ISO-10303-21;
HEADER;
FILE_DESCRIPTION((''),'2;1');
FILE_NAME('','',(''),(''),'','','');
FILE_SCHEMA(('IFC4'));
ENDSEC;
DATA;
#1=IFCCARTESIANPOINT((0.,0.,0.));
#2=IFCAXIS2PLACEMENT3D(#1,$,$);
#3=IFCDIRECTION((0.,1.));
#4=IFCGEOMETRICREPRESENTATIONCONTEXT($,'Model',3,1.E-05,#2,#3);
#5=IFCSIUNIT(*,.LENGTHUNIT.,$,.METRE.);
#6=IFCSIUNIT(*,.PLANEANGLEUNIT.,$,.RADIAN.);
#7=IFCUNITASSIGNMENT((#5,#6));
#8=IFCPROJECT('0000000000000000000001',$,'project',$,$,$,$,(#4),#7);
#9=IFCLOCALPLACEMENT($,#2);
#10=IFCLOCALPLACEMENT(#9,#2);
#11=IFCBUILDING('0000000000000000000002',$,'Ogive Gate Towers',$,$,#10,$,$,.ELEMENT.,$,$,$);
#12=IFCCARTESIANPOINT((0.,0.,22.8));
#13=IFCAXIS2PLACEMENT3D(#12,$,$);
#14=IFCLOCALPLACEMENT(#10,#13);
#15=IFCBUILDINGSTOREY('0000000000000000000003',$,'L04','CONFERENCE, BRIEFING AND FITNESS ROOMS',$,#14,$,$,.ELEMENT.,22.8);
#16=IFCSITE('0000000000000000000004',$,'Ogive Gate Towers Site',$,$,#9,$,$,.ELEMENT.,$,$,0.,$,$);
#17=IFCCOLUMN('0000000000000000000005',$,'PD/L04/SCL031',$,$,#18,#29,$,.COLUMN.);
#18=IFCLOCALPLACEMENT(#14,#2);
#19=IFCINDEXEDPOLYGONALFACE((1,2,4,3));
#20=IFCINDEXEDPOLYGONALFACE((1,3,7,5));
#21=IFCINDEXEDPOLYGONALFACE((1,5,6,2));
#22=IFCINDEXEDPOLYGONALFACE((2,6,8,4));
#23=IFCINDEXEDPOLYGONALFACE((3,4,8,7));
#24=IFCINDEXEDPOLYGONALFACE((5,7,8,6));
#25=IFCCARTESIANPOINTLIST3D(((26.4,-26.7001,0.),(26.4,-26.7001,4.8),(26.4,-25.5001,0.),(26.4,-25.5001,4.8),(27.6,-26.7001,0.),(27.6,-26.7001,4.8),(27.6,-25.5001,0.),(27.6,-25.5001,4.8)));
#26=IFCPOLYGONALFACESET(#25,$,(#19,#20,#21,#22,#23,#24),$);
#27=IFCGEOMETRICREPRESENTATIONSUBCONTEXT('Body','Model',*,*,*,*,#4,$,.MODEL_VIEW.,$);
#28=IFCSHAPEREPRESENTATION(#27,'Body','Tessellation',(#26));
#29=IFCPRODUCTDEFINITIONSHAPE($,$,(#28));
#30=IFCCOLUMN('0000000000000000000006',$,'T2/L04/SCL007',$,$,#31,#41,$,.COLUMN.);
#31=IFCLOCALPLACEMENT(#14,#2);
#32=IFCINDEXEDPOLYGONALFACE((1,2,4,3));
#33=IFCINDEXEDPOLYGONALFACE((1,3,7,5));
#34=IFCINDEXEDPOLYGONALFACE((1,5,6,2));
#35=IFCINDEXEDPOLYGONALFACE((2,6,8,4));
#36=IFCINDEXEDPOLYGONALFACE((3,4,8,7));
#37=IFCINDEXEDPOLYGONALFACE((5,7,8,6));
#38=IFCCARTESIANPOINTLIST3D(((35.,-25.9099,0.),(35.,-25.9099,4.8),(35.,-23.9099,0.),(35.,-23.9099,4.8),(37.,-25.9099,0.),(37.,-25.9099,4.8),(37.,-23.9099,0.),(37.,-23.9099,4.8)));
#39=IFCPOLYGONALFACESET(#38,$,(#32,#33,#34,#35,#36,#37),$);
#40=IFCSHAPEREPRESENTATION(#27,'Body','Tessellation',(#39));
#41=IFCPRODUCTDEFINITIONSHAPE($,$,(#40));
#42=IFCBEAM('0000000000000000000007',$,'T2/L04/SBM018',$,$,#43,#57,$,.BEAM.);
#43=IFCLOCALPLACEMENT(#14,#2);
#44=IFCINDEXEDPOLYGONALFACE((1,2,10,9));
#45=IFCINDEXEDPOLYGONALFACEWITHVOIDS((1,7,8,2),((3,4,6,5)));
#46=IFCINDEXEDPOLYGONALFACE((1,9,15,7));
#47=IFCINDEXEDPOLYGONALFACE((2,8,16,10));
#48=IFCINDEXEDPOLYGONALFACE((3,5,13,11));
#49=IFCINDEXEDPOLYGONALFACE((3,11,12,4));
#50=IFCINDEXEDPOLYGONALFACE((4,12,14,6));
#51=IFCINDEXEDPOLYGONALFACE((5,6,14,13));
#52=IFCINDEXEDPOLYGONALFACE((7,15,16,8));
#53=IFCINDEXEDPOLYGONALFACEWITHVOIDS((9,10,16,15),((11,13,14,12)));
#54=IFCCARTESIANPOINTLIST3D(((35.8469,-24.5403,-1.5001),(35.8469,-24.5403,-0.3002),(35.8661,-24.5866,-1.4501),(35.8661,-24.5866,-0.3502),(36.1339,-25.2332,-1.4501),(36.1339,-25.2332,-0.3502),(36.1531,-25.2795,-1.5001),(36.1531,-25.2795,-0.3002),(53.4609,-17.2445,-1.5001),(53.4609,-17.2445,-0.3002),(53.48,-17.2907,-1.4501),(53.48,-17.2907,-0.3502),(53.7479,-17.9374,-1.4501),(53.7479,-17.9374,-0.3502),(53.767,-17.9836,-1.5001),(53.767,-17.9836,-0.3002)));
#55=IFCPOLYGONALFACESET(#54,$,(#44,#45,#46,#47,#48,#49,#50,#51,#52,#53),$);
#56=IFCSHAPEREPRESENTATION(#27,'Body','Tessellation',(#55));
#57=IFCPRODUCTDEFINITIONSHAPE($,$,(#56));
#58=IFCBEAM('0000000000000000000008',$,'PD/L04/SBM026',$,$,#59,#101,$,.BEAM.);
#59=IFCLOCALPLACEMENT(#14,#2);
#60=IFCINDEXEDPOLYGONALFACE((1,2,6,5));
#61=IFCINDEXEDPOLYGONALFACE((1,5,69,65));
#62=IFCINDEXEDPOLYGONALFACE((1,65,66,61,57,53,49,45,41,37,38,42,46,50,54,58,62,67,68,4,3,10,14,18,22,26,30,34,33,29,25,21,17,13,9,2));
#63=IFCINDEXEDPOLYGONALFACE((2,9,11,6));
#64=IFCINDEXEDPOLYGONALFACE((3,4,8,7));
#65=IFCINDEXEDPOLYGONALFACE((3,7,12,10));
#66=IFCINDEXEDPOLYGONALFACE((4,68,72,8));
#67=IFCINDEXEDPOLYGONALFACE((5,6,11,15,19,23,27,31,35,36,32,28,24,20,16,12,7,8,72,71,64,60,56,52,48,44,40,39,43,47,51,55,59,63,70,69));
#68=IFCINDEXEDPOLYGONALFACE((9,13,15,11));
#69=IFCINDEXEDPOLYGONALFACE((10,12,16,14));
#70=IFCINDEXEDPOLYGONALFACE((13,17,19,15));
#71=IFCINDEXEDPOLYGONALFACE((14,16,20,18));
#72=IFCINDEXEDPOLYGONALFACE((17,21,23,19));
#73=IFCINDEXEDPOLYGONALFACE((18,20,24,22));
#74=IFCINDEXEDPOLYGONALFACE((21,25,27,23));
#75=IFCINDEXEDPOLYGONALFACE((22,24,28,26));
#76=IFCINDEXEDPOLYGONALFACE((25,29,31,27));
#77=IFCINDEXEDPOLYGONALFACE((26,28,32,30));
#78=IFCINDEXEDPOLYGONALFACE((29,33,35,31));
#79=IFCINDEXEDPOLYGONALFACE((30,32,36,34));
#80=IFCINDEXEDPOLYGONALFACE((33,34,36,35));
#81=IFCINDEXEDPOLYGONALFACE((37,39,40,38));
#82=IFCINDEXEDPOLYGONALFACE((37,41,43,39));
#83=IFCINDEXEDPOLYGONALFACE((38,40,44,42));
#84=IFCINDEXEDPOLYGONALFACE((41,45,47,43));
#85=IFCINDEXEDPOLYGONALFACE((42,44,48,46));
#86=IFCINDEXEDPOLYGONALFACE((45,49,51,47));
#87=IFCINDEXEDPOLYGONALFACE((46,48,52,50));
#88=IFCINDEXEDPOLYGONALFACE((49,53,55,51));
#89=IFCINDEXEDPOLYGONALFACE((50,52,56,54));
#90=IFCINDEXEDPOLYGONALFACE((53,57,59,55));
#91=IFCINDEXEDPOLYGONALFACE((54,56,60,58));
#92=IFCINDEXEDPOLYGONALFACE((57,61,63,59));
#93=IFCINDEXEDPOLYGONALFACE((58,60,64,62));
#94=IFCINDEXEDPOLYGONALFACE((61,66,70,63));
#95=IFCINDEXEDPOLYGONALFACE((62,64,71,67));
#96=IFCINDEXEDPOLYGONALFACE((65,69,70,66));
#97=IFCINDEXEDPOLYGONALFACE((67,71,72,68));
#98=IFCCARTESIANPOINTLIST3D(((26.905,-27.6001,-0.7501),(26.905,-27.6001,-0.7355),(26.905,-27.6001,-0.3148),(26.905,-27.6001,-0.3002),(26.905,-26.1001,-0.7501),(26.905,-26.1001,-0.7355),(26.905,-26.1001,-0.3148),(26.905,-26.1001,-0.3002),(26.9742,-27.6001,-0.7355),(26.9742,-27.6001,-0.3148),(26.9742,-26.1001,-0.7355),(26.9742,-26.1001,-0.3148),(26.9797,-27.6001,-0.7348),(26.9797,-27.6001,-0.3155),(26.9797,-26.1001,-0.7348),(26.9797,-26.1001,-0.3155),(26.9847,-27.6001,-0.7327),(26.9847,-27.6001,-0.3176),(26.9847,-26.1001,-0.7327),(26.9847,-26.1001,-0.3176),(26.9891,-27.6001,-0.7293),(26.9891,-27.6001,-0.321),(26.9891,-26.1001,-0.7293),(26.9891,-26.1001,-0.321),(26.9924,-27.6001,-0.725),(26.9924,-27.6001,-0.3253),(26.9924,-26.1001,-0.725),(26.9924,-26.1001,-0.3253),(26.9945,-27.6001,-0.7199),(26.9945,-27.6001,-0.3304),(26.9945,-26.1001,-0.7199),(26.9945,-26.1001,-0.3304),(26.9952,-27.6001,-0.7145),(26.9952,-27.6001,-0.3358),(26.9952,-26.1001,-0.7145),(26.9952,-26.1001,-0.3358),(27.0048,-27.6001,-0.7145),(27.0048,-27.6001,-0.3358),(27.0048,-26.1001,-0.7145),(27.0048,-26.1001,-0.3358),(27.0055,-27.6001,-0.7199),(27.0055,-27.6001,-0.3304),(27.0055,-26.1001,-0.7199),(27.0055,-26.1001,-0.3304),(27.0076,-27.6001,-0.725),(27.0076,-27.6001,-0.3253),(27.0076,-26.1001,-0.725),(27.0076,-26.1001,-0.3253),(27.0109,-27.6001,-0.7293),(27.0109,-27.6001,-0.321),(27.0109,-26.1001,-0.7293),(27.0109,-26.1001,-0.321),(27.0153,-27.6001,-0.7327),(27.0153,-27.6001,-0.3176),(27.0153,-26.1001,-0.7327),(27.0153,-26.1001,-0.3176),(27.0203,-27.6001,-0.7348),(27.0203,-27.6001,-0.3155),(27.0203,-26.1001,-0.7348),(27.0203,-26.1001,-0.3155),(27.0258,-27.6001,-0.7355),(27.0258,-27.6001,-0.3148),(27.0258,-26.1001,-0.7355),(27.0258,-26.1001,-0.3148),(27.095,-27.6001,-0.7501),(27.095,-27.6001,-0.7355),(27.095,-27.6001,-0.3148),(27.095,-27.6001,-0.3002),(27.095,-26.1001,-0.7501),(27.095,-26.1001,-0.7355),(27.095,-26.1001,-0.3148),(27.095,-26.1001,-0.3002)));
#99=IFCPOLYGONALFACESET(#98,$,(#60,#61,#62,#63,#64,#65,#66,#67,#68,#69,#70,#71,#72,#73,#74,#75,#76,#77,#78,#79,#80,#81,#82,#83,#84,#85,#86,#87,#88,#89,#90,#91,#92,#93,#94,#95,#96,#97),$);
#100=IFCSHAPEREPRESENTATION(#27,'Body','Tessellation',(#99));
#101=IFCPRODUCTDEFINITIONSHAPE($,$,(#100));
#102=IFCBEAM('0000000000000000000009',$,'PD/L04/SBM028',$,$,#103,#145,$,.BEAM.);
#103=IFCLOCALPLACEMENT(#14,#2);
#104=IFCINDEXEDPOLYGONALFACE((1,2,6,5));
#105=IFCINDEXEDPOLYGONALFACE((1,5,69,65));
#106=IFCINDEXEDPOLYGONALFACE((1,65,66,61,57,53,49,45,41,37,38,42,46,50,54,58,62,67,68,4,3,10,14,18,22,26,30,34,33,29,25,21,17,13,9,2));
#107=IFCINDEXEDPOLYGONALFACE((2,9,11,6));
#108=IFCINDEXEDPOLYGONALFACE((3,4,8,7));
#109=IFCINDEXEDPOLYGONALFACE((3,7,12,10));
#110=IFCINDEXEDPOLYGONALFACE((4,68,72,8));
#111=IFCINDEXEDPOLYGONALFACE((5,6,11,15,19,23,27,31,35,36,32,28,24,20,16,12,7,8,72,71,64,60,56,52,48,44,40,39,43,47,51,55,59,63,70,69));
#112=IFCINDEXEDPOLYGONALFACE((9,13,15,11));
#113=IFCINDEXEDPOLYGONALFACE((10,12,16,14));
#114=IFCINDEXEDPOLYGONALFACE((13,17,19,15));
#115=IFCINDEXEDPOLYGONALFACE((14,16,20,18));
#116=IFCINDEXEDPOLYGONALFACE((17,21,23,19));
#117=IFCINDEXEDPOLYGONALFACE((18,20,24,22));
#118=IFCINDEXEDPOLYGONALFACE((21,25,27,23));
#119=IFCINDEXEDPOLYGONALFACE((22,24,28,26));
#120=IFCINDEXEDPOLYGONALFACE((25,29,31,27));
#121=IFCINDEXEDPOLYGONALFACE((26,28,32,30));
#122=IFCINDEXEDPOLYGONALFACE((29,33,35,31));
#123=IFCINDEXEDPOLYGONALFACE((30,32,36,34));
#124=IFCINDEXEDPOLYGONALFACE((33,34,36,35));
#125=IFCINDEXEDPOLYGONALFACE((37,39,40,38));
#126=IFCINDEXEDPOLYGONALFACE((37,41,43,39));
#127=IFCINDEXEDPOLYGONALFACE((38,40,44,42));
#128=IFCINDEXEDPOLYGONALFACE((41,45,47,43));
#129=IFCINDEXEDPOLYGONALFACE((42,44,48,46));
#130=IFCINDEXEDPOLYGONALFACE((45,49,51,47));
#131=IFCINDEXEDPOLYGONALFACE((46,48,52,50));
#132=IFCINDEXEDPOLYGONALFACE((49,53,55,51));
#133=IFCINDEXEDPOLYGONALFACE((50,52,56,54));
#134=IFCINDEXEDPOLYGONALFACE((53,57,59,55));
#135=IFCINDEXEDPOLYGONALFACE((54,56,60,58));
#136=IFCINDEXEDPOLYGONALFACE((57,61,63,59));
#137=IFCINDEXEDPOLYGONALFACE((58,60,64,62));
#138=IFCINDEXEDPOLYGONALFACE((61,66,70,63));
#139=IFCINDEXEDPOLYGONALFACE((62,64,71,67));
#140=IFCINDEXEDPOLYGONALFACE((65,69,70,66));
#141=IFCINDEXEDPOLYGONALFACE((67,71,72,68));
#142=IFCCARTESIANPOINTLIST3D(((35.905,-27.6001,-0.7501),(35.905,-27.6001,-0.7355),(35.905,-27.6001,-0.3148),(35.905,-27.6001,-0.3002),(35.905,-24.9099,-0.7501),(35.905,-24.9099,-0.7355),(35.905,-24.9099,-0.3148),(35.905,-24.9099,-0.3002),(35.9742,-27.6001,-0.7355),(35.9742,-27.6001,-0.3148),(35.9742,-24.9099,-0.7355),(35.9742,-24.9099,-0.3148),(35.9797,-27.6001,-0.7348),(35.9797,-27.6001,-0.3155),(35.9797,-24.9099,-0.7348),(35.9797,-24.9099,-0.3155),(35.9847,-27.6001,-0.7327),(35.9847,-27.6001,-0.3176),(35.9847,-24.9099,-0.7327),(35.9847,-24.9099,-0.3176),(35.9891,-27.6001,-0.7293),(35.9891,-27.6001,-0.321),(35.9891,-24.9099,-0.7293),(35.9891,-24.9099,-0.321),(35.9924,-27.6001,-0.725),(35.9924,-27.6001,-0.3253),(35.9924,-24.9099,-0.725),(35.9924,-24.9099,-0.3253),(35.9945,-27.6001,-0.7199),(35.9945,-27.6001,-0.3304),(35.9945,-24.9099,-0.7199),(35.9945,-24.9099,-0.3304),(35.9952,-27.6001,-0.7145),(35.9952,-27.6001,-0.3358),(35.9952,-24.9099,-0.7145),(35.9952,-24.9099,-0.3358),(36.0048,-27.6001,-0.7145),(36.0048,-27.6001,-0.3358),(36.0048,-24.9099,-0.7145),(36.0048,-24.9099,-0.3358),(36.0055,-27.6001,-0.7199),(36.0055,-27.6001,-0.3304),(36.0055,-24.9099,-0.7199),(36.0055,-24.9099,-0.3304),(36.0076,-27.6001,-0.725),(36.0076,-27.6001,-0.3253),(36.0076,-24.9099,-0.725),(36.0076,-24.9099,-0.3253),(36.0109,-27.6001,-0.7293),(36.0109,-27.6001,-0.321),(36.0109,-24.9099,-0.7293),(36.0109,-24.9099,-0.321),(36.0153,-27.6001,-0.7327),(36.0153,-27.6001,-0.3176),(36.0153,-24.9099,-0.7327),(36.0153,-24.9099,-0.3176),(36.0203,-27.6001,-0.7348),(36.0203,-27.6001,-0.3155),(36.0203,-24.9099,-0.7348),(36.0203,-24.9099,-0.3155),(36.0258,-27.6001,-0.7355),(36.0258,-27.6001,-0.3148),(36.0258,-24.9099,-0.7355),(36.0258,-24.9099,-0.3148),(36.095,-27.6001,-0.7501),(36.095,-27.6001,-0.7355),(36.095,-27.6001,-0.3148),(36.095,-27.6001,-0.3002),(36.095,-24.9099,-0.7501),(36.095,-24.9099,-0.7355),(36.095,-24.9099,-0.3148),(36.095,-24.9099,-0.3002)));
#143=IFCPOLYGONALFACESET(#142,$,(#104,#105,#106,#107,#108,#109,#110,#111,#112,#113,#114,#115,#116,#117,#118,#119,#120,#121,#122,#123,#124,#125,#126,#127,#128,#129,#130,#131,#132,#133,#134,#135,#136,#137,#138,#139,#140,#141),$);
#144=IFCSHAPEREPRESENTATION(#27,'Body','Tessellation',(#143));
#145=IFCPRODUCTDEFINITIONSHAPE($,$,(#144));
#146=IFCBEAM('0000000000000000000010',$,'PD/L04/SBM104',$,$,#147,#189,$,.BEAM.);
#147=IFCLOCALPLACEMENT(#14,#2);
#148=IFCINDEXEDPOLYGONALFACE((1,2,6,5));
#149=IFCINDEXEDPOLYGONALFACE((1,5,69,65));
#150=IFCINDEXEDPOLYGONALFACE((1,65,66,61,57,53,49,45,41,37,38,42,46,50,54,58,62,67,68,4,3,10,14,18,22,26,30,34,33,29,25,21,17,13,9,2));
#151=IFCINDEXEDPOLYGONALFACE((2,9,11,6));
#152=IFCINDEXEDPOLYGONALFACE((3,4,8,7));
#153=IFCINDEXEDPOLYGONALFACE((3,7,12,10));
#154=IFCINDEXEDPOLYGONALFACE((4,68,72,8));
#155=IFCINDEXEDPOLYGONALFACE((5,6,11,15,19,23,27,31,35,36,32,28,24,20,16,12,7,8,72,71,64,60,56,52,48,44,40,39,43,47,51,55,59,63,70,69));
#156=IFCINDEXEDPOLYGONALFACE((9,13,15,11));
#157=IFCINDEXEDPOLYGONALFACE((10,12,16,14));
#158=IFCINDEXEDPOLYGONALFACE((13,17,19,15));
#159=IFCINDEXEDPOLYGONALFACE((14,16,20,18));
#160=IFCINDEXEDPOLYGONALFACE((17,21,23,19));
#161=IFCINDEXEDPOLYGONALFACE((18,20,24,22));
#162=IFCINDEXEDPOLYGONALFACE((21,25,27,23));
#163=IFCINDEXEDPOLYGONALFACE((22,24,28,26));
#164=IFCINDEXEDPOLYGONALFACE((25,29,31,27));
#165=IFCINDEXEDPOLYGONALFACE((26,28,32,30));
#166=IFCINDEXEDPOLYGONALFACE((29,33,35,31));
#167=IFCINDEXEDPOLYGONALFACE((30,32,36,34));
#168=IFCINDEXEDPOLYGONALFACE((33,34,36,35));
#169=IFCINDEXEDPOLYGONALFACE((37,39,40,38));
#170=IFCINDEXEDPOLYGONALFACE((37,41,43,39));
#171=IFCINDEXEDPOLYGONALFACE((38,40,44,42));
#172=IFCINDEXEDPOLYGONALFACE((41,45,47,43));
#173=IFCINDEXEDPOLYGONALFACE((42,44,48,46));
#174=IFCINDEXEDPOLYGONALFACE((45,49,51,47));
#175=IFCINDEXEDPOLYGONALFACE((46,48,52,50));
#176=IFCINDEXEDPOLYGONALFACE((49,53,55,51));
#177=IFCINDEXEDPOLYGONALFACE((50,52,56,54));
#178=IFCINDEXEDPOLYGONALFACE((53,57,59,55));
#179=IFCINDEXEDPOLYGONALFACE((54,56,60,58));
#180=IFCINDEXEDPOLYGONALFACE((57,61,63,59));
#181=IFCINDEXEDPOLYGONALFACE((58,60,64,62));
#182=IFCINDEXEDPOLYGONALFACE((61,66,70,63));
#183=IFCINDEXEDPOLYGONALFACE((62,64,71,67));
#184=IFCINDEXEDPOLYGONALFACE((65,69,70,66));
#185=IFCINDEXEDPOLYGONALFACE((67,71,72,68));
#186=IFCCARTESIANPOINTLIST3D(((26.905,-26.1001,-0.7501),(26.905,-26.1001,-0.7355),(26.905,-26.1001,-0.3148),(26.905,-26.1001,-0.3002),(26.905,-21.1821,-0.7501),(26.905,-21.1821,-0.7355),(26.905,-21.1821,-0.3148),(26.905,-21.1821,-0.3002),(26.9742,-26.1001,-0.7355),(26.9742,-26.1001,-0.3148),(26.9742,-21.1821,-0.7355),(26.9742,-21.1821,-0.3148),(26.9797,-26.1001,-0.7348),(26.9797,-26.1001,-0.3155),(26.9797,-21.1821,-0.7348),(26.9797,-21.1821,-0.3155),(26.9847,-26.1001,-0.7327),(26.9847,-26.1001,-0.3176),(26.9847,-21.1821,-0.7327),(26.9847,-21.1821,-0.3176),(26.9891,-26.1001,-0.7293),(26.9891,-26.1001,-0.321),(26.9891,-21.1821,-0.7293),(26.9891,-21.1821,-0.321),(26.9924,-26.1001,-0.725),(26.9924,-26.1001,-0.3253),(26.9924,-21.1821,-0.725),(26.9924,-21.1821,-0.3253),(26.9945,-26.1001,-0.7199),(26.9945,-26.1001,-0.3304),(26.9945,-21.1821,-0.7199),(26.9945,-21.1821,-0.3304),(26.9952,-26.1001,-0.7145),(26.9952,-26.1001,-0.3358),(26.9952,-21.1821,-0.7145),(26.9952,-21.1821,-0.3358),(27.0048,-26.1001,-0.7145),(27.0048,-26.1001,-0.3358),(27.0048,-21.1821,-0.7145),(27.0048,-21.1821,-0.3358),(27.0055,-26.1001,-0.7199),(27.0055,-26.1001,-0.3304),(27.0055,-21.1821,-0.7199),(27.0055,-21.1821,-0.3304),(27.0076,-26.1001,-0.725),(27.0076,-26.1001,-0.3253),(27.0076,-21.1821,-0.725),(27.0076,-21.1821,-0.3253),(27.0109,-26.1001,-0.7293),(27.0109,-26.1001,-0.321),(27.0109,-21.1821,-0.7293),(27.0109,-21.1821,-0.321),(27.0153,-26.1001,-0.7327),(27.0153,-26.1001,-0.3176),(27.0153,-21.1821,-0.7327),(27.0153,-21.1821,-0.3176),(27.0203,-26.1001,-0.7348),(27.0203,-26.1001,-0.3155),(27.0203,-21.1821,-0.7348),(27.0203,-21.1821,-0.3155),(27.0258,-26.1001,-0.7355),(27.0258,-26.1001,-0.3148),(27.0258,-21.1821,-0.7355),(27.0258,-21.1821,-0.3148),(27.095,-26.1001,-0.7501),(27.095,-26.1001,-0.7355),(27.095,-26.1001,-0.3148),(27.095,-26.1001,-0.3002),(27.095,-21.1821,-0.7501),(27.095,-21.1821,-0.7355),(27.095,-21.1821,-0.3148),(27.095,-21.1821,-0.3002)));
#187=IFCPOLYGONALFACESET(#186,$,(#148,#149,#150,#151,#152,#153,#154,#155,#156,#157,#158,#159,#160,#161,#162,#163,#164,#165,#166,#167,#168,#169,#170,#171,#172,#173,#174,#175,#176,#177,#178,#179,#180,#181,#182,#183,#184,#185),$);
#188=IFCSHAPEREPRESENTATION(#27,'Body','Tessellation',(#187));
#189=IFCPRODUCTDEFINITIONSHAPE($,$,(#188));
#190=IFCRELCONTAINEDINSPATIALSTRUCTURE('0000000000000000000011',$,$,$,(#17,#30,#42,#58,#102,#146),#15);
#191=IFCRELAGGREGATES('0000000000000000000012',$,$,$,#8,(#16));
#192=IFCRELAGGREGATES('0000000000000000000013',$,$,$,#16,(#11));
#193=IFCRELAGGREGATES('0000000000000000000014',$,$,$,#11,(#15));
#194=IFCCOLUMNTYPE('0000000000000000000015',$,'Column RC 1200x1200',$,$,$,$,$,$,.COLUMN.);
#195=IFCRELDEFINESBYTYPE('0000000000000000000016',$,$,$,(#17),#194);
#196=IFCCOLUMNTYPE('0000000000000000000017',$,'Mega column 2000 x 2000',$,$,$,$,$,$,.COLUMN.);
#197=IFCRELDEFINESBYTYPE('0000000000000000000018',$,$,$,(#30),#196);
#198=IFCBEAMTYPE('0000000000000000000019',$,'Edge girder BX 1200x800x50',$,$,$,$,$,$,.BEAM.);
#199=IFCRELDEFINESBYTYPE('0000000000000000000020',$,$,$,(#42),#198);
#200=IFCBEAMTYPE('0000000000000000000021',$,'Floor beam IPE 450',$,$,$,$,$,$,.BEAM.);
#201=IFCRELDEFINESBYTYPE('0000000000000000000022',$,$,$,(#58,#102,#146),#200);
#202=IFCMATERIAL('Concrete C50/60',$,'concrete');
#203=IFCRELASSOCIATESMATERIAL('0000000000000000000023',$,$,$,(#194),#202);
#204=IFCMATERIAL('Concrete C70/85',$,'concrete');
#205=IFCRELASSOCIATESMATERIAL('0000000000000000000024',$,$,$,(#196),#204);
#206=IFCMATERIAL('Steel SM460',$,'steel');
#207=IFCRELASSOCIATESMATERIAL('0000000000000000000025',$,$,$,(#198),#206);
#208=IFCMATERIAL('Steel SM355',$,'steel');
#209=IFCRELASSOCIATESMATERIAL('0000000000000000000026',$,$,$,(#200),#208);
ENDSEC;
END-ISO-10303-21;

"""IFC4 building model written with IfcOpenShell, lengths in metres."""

from ifc_helpers import new_model, si_unit, direction, frame, origin, origin_2d, place, context, subcontext, project, spatial, rectangle, hollow_rectangle, i_section, extrude, material, material_profile, profile_set, type_object, element, save


model = new_model("IFC4")

# Units and contexts
model_context = context("Model", 3, precision=1e-05, world=origin(), true_north=direction((0.0, 1.0)))
body_context = subcontext(model_context, "Body", "Model", "MODEL_VIEW")
ifc_project = project(units=[si_unit("LENGTHUNIT", "METRE"), si_unit("PLANEANGLEUNIT", "RADIAN")], contexts=[model_context])

# Site, building, storey
site_placement = place(None, origin())
site = spatial("IfcSite", under=ifc_project, at=site_placement, Name="Ogive Gate Towers Site", CompositionType="ELEMENT", RefElevation=0.0)
building_placement = place(site_placement, origin())
building = spatial("IfcBuilding", under=site, at=building_placement, Name="Ogive Gate Towers", CompositionType="ELEMENT")
storey_placement = place(building_placement, frame((0.0, 0.0, 22.8)))
storey = spatial("IfcBuildingStorey", under=building, at=storey_placement, Name="L04", Description="CONFERENCE, BRIEFING AND FITNESS ROOMS", CompositionType="ELEMENT", Elevation=22.8)

# Columns
ifc_material_1 = material(Name="Concrete C50/60", Category="concrete")
ifc_material_profile_1 = material_profile(ifc_material_1, rectangle(XDim=1.2, YDim=1.2, at=origin_2d()), Name="RC 1200x1200")
ifc_profile_set_1 = profile_set([ifc_material_profile_1], Name="Concrete C50/60")
column_type_1 = type_object("IfcColumnType", Name="Column RC 1200x1200", PredefinedType="COLUMN", material=ifc_profile_set_1)
column_1_placement = place(storey_placement, frame((27.0, -26.1001, 0.0), z_axis=(0.0, 0.0, 1.0), x_axis=(1.0, 0.0, 0.0)))
element("IfcColumn", 1, at=column_1_placement, inside=storey, type_object=column_type_1, Name="PD/L04/SCL031", PredefinedType="COLUMN", context=body_context, shape_type="SweptSolid", body=[
    extrude(rectangle(XDim=1.2, YDim=1.2, at=origin_2d()), origin(), (0.0, 0.0, 1.0), 4.8),
])
ifc_material_2 = material(Name="Concrete C70/85", Category="concrete")
ifc_material_profile_2 = material_profile(ifc_material_2, rectangle(XDim=2.0, YDim=2.0, at=origin_2d()), Name="RC 2000x2000")
ifc_profile_set_2 = profile_set([ifc_material_profile_2], Name="Concrete C70/85")
column_type_2 = type_object("IfcColumnType", Name="Mega column 2000 x 2000", PredefinedType="COLUMN", material=ifc_profile_set_2)
column_2_placement = place(storey_placement, frame((36.0, -24.9099, 0.0), z_axis=(0.0, 0.0, 1.0), x_axis=(0.0, -1.0, 0.0)))
element("IfcColumn", 2, at=column_2_placement, inside=storey, type_object=column_type_2, Name="T2/L04/SCL007", PredefinedType="COLUMN", context=body_context, shape_type="SweptSolid", body=[
    extrude(rectangle(XDim=2.0, YDim=2.0, at=origin_2d()), origin(), (0.0, 0.0, 1.0), 4.8),
])

# Beams
ifc_material_3 = material(Name="Steel SM460", Category="steel")
ifc_material_profile_3 = material_profile(ifc_material_3, hollow_rectangle(XDim=0.8, YDim=1.2, WallThickness=0.05, at=origin_2d()), Name="BX 1200x800x50")
ifc_profile_set_3 = profile_set([ifc_material_profile_3], Name="Steel SM460")
beam_type_1 = type_object("IfcBeamType", Name="Edge girder BX 1200x800x50", PredefinedType="BEAM", material=ifc_profile_set_3)
beam_1_placement = place(storey_placement, frame((36.0, -24.9099, -0.9001), z_axis=(0.923881, 0.382681, 0.0), x_axis=(-0.382681, 0.923881, 0.0)))
element("IfcBeam", 3, at=beam_1_placement, inside=storey, type_object=beam_type_1, Name="T2/L04/SBM018", PredefinedType="BEAM", context=body_context, shape_type="SweptSolid", body=[
    extrude(hollow_rectangle(XDim=0.8, YDim=1.2, WallThickness=0.05, at=origin_2d()), origin(), (0.0, 0.0, 1.0), 19.0652),
])
ifc_material_4 = material(Name="Steel SM355", Category="steel")
ifc_material_profile_4 = material_profile(ifc_material_4, i_section(OverallWidth=0.1899, OverallDepth=0.45, WebThickness=0.0095, FlangeThickness=0.0146, FilletRadius=0.021, at=origin_2d()), Name="IPE 450")
ifc_profile_set_4 = profile_set([ifc_material_profile_4], Name="Steel SM355")
beam_type_2 = type_object("IfcBeamType", Name="Floor beam IPE 450", PredefinedType="BEAM", material=ifc_profile_set_4)
beam_2_placement = place(storey_placement, frame((27.0, -27.6001, -0.5251), z_axis=(0.0, 1.0, 0.0), x_axis=(-1.0, 0.0, 0.0)))
element("IfcBeam", 4, at=beam_2_placement, inside=storey, type_object=beam_type_2, Name="PD/L04/SBM026", PredefinedType="BEAM", context=body_context, shape_type="SweptSolid", body=[
    extrude(i_section(OverallWidth=0.1899, OverallDepth=0.45, WebThickness=0.0095, FlangeThickness=0.0146, FilletRadius=0.021, at=origin_2d()), origin(), (0.0, 0.0, 1.0), 1.5),
])
beam_3_placement = place(storey_placement, frame((36.0, -27.6001, -0.5251), z_axis=(0.0, 1.0, 0.0), x_axis=(-1.0, 0.0, 0.0)))
element("IfcBeam", 5, at=beam_3_placement, inside=storey, type_object=beam_type_2, Name="PD/L04/SBM028", PredefinedType="BEAM", context=body_context, shape_type="SweptSolid", body=[
    extrude(i_section(OverallWidth=0.1899, OverallDepth=0.45, WebThickness=0.0095, FlangeThickness=0.0146, FilletRadius=0.021, at=origin_2d()), origin(), (0.0, 0.0, 1.0), 2.6902),
])
beam_4_placement = place(storey_placement, frame((27.0, -26.1001, -0.5251), z_axis=(0.0, 1.0, 0.0), x_axis=(-1.0, 0.0, 0.0)))
element("IfcBeam", 6, at=beam_4_placement, inside=storey, type_object=beam_type_2, Name="PD/L04/SBM104", PredefinedType="BEAM", context=body_context, shape_type="SweptSolid", body=[
    extrude(i_section(OverallWidth=0.1899, OverallDepth=0.45, WebThickness=0.0095, FlangeThickness=0.0146, FilletRadius=0.021, at=origin_2d()), origin(), (0.0, 0.0, 1.0), 4.918),
])

save(model, "model.ifc")
